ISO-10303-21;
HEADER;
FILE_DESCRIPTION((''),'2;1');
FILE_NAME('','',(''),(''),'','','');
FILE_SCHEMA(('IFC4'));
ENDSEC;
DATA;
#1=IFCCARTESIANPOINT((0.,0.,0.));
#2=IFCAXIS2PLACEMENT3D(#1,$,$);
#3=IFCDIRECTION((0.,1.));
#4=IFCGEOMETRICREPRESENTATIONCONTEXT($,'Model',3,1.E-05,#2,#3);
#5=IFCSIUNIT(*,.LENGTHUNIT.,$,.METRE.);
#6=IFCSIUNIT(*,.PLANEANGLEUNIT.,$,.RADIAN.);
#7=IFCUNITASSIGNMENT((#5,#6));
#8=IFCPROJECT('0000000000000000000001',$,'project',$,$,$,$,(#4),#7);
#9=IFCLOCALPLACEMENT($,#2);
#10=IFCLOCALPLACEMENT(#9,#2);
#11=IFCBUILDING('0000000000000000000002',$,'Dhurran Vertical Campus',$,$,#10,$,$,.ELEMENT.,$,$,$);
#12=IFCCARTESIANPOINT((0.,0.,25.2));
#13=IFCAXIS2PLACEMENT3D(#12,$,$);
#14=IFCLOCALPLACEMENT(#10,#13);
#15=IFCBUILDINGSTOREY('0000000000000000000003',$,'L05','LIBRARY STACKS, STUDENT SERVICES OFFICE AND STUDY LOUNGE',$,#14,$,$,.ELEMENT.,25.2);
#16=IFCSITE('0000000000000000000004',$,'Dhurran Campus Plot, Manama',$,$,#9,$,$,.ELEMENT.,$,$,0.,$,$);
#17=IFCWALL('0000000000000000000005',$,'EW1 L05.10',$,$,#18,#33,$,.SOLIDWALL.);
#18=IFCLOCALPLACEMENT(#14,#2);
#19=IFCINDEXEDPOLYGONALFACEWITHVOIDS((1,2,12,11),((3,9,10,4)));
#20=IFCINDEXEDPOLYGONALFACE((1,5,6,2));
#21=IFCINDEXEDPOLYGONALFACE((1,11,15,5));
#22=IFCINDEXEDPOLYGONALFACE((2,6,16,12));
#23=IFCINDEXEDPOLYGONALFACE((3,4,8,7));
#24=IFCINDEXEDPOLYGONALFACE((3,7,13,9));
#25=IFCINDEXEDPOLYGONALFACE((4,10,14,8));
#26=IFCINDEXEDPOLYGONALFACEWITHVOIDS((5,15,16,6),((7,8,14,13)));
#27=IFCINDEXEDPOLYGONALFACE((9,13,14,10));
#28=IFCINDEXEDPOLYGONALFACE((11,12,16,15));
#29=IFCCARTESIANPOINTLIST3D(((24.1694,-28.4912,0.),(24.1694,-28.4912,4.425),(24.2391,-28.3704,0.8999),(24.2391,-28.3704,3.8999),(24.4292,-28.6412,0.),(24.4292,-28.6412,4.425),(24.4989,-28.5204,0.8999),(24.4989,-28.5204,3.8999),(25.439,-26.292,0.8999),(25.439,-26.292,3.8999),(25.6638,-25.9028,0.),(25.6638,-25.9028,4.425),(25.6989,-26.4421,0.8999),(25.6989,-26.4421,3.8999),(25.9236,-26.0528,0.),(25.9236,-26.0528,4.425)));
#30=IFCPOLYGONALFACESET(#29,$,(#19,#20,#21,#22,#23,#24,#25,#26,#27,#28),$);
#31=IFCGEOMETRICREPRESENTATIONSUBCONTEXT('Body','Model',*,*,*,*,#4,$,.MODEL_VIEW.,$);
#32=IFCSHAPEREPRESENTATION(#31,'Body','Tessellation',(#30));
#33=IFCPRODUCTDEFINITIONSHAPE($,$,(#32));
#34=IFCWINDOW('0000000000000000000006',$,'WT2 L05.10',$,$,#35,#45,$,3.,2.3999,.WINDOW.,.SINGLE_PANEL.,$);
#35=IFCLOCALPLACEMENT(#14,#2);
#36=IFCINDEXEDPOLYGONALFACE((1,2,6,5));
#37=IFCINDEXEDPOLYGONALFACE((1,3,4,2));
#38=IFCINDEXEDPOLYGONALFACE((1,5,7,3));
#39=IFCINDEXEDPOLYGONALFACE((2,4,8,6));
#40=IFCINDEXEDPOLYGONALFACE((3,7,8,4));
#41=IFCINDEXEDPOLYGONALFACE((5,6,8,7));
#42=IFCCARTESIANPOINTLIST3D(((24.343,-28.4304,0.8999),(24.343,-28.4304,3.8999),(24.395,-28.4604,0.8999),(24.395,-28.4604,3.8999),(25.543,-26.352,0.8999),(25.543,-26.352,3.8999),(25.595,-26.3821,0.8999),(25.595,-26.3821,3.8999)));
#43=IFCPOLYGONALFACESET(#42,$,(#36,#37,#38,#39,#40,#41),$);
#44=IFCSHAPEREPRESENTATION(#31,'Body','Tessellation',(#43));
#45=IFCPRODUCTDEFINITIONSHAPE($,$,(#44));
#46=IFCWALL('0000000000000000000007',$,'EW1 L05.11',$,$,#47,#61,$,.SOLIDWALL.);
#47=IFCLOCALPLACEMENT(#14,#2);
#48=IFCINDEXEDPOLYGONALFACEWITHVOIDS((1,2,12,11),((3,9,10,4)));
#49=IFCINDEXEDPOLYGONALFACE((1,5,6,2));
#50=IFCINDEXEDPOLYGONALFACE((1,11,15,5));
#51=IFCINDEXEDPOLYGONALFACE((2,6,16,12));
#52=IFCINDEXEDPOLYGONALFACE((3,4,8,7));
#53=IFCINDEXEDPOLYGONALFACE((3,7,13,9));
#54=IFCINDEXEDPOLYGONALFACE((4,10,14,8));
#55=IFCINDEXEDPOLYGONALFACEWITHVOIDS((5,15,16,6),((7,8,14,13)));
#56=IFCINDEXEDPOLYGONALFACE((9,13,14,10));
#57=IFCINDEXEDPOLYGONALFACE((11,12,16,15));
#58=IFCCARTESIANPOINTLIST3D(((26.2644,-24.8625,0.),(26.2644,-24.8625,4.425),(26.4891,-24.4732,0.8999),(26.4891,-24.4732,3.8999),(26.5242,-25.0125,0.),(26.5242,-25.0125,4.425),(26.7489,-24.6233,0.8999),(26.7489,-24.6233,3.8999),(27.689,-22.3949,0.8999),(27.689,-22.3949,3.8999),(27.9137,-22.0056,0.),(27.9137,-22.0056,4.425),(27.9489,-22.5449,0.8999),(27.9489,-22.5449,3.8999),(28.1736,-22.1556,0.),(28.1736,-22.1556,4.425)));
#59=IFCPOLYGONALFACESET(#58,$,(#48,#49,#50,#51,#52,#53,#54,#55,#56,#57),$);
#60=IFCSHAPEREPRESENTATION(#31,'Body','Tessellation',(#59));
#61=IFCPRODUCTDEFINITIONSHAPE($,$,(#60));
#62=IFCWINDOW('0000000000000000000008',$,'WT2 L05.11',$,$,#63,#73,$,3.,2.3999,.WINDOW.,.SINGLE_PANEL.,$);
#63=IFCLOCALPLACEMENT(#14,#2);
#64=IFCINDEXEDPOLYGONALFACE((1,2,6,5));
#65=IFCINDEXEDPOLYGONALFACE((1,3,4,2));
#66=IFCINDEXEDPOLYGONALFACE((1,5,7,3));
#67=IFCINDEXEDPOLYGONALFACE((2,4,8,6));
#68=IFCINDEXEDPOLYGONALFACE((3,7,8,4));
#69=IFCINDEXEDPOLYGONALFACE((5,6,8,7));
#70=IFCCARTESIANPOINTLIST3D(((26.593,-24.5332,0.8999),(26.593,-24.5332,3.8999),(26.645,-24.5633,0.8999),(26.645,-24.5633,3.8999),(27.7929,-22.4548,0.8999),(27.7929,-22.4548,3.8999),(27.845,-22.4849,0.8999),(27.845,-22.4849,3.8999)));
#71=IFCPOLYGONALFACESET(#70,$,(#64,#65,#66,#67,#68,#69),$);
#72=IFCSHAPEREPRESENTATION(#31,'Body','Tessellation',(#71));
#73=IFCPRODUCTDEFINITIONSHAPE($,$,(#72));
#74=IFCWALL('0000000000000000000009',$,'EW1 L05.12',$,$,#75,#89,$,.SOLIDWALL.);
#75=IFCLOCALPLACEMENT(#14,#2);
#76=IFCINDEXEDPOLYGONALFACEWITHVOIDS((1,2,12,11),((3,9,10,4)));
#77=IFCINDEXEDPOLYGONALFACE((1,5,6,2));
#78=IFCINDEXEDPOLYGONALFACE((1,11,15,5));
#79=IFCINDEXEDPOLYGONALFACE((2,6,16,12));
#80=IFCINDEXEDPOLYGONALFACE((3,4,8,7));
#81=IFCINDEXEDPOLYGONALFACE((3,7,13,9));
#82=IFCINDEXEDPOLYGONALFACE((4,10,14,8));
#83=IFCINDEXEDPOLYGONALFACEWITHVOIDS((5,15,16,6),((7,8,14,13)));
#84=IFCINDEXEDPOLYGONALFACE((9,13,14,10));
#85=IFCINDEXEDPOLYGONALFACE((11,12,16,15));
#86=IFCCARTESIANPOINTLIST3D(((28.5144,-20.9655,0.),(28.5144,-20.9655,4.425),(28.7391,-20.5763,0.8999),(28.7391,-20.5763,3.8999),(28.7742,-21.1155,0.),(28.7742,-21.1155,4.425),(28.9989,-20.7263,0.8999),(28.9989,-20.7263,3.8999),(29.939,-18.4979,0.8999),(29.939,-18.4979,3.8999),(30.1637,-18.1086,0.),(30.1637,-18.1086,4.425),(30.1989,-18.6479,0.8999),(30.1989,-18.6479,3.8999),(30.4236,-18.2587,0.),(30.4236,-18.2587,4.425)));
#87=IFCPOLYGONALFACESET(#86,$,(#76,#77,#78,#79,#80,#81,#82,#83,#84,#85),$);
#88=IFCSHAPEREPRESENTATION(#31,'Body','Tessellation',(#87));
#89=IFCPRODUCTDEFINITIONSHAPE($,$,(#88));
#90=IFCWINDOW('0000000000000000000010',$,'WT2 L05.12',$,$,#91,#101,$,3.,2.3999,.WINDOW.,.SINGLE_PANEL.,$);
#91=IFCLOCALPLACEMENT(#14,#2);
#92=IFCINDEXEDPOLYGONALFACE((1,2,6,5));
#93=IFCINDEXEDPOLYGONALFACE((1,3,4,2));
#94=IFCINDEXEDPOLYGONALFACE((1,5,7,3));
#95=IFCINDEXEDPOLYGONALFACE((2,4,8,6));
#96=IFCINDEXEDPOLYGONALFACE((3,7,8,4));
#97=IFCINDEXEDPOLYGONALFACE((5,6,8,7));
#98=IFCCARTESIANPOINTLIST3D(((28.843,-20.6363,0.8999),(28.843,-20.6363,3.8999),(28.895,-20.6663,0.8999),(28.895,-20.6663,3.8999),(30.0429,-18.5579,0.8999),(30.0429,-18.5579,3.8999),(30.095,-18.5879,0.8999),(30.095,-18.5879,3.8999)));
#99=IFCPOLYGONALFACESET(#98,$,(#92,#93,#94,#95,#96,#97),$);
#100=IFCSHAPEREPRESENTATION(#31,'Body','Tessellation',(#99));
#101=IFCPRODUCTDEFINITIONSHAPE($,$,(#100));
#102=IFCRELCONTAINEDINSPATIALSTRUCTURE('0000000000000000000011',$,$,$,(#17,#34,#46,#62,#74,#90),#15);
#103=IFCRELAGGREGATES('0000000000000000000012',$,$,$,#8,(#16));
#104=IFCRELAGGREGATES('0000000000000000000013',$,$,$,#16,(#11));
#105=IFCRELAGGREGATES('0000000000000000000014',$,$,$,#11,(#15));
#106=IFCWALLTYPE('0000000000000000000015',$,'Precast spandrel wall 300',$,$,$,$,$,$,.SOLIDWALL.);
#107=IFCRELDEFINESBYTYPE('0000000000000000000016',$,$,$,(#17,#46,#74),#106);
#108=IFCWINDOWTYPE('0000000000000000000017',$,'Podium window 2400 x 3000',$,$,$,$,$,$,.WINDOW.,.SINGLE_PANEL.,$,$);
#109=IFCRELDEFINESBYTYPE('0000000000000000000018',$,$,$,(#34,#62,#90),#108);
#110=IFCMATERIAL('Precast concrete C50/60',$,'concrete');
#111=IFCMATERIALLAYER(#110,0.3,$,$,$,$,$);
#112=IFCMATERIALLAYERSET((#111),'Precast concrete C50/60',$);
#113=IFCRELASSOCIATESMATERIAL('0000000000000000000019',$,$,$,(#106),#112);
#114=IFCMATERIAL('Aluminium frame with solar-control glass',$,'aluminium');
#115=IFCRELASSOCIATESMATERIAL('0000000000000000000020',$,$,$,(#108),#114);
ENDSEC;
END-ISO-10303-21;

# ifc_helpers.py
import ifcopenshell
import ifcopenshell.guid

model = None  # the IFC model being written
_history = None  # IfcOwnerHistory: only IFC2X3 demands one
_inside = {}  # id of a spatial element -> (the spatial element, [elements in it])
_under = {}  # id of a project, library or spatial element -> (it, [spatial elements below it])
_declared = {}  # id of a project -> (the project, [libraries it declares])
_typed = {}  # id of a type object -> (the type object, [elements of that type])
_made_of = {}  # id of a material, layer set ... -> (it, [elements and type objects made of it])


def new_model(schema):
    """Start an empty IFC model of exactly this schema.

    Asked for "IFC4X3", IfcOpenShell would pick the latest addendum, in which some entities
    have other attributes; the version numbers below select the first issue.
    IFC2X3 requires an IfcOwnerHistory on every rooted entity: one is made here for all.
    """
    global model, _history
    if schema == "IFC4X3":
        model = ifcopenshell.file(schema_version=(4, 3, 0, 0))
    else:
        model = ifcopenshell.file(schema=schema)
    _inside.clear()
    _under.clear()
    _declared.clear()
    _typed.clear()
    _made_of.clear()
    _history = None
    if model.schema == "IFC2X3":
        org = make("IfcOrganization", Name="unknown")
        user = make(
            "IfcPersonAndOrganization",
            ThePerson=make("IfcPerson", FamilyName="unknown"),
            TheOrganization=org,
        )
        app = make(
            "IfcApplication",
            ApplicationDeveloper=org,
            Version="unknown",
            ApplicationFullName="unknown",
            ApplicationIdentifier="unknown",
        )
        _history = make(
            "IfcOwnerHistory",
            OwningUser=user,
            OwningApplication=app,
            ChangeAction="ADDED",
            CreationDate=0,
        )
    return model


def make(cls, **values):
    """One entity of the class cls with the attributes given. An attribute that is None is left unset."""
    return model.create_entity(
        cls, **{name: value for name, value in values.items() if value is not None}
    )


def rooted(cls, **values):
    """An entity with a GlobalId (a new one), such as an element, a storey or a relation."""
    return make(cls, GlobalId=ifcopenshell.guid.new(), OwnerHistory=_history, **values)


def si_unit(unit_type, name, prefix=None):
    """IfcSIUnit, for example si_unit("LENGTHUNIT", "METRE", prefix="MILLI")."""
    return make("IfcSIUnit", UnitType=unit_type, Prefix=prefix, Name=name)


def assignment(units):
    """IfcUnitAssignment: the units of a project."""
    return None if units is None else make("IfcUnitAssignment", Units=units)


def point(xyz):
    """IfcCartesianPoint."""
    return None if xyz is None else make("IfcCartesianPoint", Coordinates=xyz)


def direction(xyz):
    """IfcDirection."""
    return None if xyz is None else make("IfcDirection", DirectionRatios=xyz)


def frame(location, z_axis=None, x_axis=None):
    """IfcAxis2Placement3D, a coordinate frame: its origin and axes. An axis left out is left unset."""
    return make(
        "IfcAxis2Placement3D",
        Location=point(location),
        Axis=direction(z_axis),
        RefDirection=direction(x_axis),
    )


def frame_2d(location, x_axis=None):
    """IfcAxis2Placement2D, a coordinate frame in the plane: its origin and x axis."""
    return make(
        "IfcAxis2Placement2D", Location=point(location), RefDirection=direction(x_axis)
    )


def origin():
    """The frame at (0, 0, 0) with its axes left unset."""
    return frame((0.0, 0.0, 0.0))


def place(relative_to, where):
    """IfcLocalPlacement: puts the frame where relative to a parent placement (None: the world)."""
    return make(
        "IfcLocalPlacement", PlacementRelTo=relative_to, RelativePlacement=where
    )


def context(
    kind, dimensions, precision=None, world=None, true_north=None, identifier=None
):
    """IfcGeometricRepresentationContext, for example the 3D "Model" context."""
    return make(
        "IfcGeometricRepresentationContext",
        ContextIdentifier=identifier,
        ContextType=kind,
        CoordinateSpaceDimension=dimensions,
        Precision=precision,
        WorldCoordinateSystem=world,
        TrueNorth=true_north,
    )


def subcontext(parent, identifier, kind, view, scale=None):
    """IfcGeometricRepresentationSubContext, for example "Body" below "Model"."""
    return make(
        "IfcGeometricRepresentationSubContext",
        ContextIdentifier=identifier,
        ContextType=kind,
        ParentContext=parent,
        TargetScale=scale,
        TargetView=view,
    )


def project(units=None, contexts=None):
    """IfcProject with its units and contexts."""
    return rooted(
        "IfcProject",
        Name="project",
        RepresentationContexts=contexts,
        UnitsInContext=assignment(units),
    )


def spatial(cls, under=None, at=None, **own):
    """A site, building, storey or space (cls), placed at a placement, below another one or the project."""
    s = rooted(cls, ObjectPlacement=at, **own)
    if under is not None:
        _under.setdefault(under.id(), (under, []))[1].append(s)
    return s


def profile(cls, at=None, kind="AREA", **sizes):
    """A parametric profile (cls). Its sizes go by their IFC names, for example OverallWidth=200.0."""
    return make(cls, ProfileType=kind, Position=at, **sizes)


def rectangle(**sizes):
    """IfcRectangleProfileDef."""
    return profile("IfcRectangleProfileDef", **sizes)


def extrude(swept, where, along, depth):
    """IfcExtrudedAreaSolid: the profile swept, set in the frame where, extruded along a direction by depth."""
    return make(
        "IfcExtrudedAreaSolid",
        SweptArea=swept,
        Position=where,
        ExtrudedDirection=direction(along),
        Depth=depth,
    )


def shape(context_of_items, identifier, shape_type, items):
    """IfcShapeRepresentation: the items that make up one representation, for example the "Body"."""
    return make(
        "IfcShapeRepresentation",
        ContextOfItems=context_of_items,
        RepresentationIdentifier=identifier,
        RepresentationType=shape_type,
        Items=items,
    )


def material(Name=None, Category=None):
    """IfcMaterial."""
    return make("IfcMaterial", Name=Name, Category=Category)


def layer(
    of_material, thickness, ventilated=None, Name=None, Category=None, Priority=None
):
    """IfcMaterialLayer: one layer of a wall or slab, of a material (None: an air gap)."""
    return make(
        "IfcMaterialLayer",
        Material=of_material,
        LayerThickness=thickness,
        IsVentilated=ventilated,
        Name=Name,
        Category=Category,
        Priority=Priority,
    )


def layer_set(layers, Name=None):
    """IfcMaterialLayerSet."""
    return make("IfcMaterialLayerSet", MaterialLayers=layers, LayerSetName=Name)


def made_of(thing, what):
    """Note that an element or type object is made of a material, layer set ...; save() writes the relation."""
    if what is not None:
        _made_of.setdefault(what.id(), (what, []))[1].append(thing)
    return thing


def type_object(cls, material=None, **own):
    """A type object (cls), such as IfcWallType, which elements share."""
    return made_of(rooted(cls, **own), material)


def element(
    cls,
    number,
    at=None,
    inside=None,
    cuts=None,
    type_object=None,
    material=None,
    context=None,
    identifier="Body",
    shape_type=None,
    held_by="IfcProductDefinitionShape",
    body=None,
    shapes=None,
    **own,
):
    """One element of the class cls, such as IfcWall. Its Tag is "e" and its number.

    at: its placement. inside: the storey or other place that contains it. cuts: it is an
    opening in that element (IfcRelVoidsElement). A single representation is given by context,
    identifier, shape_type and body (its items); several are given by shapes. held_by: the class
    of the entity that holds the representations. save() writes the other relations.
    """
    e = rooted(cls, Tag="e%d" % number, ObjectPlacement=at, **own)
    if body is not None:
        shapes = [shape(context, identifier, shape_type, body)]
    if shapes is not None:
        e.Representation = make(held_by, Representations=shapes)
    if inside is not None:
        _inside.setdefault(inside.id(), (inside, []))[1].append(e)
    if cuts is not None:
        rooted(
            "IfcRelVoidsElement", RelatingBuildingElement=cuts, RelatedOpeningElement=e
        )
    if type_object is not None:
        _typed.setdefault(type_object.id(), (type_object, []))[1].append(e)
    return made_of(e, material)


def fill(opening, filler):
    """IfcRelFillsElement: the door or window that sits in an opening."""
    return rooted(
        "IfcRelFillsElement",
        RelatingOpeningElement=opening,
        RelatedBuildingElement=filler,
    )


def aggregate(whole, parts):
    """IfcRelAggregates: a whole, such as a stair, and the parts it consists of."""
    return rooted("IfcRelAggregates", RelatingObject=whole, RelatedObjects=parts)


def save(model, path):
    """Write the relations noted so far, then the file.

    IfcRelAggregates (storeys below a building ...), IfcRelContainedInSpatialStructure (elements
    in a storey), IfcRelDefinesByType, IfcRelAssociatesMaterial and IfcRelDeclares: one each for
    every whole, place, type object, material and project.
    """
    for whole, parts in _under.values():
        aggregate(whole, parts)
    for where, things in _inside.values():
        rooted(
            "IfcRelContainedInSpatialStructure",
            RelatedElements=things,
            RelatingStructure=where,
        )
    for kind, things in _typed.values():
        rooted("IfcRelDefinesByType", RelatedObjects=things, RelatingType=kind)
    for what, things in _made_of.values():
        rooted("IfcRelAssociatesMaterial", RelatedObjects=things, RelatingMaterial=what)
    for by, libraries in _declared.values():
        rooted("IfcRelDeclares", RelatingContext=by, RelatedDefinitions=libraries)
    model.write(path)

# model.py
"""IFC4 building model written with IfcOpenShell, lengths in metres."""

from ifc_helpers import new_model, si_unit, direction, frame, frame_2d, origin, place, context, subcontext, project, spatial, rectangle, extrude, material, layer, layer_set, type_object, element, fill, save


model = new_model("IFC4")

# Units and contexts
model_context = context("Model", 3, precision=1e-05, world=origin(), true_north=direction((0.0, 1.0)))
body_context = subcontext(model_context, "Body", "Model", "MODEL_VIEW")
ifc_project = project(units=[si_unit("LENGTHUNIT", "METRE"), si_unit("PLANEANGLEUNIT", "RADIAN")], contexts=[model_context])

# Site, building, storey
site_placement = place(None, origin())
site = spatial("IfcSite", under=ifc_project, at=site_placement, Name="Dhurran Campus Plot, Manama", CompositionType="ELEMENT", RefElevation=0.0)
building_placement = place(site_placement, origin())
building = spatial("IfcBuilding", under=site, at=building_placement, Name="Dhurran Vertical Campus", CompositionType="ELEMENT")
storey_placement = place(building_placement, frame((0.0, 0.0, 25.2)))
storey = spatial("IfcBuildingStorey", under=building, at=storey_placement, Name="L05", Description="LIBRARY STACKS, STUDENT SERVICES OFFICE AND STUDY LOUNGE", CompositionType="ELEMENT", Elevation=25.2)

# Walls, openings, windows
ifc_material_1 = material(Name="Precast concrete C50/60", Category="concrete")
ifc_layer_1 = layer(ifc_material_1, 0.3)
ifc_layer_set_1 = layer_set([ifc_layer_1], Name="Precast concrete C50/60")
wall_type = type_object("IfcWallType", Name="Precast spandrel wall 300", PredefinedType="SOLIDWALL", material=ifc_layer_set_1)
ifc_material_2 = material(Name="Aluminium frame with solar-control glass", Category="aluminium")
window_type = type_object("IfcWindowType", Name="Podium window 2400 x 3000", PartitioningType="SINGLE_PANEL", PredefinedType="WINDOW", material=ifc_material_2)
wall_1_placement = place(storey_placement, frame((24.2993, -28.5662, 0.0), z_axis=(0.0, 0.0, 1.0), x_axis=(0.499996, 0.866028, 0.0)))
wall_1 = element("IfcWall", 1, at=wall_1_placement, inside=storey, type_object=wall_type, Name="EW1 L05.10", PredefinedType="SOLIDWALL", context=body_context, shape_type="SweptSolid", body=[
    extrude(rectangle(XDim=2.9888, YDim=0.3, at=frame_2d((1.4944, 0.0))), origin(), (0.0, 0.0, 1.0), 4.425),
])
opening_1_placement = place(wall_1_placement, frame((0.1394, 0.0, 0.8999)))
opening_1 = element("IfcOpeningElement", 2, at=opening_1_placement, cuts=wall_1, PredefinedType="OPENING", context=body_context, shape_type="SweptSolid", body=[
    extrude(rectangle(XDim=2.3999, YDim=3.0, at=frame_2d((1.2, 1.5))), frame((0.0, 0.1599, 0.0), z_axis=(0.0, -1.0, 0.0), x_axis=(1.0, 0.0, 0.0)), (0.0, 0.0, 1.0), 0.3201),
])
window_1_placement = place(opening_1_placement, origin())
window_1 = element("IfcWindow", 3, at=window_1_placement, inside=storey, type_object=window_type, Name="WT2 L05.10", OverallHeight=3.0, OverallWidth=2.3999, PartitioningType="SINGLE_PANEL", PredefinedType="WINDOW", context=body_context, shape_type="SweptSolid", body=[
    extrude(rectangle(XDim=2.3999, YDim=3.0, at=frame_2d((1.2, 1.5))), frame((0.0, 0.03, 0.0), z_axis=(0.0, -1.0, 0.0), x_axis=(1.0, 0.0, 0.0)), (0.0, 0.0, 1.0), 0.0601),
])
fill(opening_1, window_1)
wall_2_placement = place(storey_placement, frame((26.3943, -24.9375, 0.0), z_axis=(0.0, 0.0, 1.0), x_axis=(0.499992, 0.86603, 0.0)))
wall_2 = element("IfcWall", 4, at=wall_2_placement, inside=storey, type_object=wall_type, Name="EW1 L05.11", PredefinedType="SOLIDWALL", context=body_context, shape_type="SweptSolid", body=[
    extrude(rectangle(XDim=3.2988, YDim=0.3, at=frame_2d((1.6494, 0.0))), origin(), (0.0, 0.0, 1.0), 4.425),
])
opening_2_placement = place(wall_2_placement, frame((0.4495, 0.0, 0.8999)))
opening_2 = element("IfcOpeningElement", 5, at=opening_2_placement, cuts=wall_2, PredefinedType="OPENING", context=body_context, shape_type="SweptSolid", body=[
    extrude(rectangle(XDim=2.3999, YDim=3.0, at=frame_2d((1.2, 1.5))), frame((0.0, 0.1599, 0.0), z_axis=(0.0, -1.0, 0.0), x_axis=(1.0, 0.0, 0.0)), (0.0, 0.0, 1.0), 0.3201),
])
window_2_placement = place(opening_2_placement, origin())
window_2 = element("IfcWindow", 6, at=window_2_placement, inside=storey, type_object=window_type, Name="WT2 L05.11", OverallHeight=3.0, OverallWidth=2.3999, PartitioningType="SINGLE_PANEL", PredefinedType="WINDOW", context=body_context, shape_type="SweptSolid", body=[
    extrude(rectangle(XDim=2.3999, YDim=3.0, at=frame_2d((1.2, 1.5))), frame((0.0, 0.03, 0.0), z_axis=(0.0, -1.0, 0.0), x_axis=(1.0, 0.0, 0.0)), (0.0, 0.0, 1.0), 0.0601),
])
fill(opening_2, window_2)
wall_3_placement = place(storey_placement, frame((28.6443, -21.0405, 0.0), z_axis=(0.0, 0.0, 1.0), x_axis=(0.499992, 0.86603, 0.0)))
wall_3 = element("IfcWall", 7, at=wall_3_placement, inside=storey, type_object=wall_type, Name="EW1 L05.12", PredefinedType="SOLIDWALL", context=body_context, shape_type="SweptSolid", body=[
    extrude(rectangle(XDim=3.2988, YDim=0.3, at=frame_2d((1.6494, 0.0))), origin(), (0.0, 0.0, 1.0), 4.425),
])
opening_3_placement = place(wall_3_placement, frame((0.4495, 0.0, 0.8999)))
opening_3 = element("IfcOpeningElement", 8, at=opening_3_placement, cuts=wall_3, PredefinedType="OPENING", context=body_context, shape_type="SweptSolid", body=[
    extrude(rectangle(XDim=2.3999, YDim=3.0, at=frame_2d((1.2, 1.5))), frame((0.0, 0.1599, 0.0), z_axis=(0.0, -1.0, 0.0), x_axis=(1.0, 0.0, 0.0)), (0.0, 0.0, 1.0), 0.3201),
])
window_3_placement = place(opening_3_placement, origin())
window_3 = element("IfcWindow", 9, at=window_3_placement, inside=storey, type_object=window_type, Name="WT2 L05.12", OverallHeight=3.0, OverallWidth=2.3999, PartitioningType="SINGLE_PANEL", PredefinedType="WINDOW", context=body_context, shape_type="SweptSolid", body=[
    extrude(rectangle(XDim=2.3999, YDim=3.0, at=frame_2d((1.2, 1.5))), frame((0.0, 0.03, 0.0), z_axis=(0.0, -1.0, 0.0), x_axis=(1.0, 0.0, 0.0)), (0.0, 0.0, 1.0), 0.0601),
])
fill(opening_3, window_3)

save(model, "model.ifc")
